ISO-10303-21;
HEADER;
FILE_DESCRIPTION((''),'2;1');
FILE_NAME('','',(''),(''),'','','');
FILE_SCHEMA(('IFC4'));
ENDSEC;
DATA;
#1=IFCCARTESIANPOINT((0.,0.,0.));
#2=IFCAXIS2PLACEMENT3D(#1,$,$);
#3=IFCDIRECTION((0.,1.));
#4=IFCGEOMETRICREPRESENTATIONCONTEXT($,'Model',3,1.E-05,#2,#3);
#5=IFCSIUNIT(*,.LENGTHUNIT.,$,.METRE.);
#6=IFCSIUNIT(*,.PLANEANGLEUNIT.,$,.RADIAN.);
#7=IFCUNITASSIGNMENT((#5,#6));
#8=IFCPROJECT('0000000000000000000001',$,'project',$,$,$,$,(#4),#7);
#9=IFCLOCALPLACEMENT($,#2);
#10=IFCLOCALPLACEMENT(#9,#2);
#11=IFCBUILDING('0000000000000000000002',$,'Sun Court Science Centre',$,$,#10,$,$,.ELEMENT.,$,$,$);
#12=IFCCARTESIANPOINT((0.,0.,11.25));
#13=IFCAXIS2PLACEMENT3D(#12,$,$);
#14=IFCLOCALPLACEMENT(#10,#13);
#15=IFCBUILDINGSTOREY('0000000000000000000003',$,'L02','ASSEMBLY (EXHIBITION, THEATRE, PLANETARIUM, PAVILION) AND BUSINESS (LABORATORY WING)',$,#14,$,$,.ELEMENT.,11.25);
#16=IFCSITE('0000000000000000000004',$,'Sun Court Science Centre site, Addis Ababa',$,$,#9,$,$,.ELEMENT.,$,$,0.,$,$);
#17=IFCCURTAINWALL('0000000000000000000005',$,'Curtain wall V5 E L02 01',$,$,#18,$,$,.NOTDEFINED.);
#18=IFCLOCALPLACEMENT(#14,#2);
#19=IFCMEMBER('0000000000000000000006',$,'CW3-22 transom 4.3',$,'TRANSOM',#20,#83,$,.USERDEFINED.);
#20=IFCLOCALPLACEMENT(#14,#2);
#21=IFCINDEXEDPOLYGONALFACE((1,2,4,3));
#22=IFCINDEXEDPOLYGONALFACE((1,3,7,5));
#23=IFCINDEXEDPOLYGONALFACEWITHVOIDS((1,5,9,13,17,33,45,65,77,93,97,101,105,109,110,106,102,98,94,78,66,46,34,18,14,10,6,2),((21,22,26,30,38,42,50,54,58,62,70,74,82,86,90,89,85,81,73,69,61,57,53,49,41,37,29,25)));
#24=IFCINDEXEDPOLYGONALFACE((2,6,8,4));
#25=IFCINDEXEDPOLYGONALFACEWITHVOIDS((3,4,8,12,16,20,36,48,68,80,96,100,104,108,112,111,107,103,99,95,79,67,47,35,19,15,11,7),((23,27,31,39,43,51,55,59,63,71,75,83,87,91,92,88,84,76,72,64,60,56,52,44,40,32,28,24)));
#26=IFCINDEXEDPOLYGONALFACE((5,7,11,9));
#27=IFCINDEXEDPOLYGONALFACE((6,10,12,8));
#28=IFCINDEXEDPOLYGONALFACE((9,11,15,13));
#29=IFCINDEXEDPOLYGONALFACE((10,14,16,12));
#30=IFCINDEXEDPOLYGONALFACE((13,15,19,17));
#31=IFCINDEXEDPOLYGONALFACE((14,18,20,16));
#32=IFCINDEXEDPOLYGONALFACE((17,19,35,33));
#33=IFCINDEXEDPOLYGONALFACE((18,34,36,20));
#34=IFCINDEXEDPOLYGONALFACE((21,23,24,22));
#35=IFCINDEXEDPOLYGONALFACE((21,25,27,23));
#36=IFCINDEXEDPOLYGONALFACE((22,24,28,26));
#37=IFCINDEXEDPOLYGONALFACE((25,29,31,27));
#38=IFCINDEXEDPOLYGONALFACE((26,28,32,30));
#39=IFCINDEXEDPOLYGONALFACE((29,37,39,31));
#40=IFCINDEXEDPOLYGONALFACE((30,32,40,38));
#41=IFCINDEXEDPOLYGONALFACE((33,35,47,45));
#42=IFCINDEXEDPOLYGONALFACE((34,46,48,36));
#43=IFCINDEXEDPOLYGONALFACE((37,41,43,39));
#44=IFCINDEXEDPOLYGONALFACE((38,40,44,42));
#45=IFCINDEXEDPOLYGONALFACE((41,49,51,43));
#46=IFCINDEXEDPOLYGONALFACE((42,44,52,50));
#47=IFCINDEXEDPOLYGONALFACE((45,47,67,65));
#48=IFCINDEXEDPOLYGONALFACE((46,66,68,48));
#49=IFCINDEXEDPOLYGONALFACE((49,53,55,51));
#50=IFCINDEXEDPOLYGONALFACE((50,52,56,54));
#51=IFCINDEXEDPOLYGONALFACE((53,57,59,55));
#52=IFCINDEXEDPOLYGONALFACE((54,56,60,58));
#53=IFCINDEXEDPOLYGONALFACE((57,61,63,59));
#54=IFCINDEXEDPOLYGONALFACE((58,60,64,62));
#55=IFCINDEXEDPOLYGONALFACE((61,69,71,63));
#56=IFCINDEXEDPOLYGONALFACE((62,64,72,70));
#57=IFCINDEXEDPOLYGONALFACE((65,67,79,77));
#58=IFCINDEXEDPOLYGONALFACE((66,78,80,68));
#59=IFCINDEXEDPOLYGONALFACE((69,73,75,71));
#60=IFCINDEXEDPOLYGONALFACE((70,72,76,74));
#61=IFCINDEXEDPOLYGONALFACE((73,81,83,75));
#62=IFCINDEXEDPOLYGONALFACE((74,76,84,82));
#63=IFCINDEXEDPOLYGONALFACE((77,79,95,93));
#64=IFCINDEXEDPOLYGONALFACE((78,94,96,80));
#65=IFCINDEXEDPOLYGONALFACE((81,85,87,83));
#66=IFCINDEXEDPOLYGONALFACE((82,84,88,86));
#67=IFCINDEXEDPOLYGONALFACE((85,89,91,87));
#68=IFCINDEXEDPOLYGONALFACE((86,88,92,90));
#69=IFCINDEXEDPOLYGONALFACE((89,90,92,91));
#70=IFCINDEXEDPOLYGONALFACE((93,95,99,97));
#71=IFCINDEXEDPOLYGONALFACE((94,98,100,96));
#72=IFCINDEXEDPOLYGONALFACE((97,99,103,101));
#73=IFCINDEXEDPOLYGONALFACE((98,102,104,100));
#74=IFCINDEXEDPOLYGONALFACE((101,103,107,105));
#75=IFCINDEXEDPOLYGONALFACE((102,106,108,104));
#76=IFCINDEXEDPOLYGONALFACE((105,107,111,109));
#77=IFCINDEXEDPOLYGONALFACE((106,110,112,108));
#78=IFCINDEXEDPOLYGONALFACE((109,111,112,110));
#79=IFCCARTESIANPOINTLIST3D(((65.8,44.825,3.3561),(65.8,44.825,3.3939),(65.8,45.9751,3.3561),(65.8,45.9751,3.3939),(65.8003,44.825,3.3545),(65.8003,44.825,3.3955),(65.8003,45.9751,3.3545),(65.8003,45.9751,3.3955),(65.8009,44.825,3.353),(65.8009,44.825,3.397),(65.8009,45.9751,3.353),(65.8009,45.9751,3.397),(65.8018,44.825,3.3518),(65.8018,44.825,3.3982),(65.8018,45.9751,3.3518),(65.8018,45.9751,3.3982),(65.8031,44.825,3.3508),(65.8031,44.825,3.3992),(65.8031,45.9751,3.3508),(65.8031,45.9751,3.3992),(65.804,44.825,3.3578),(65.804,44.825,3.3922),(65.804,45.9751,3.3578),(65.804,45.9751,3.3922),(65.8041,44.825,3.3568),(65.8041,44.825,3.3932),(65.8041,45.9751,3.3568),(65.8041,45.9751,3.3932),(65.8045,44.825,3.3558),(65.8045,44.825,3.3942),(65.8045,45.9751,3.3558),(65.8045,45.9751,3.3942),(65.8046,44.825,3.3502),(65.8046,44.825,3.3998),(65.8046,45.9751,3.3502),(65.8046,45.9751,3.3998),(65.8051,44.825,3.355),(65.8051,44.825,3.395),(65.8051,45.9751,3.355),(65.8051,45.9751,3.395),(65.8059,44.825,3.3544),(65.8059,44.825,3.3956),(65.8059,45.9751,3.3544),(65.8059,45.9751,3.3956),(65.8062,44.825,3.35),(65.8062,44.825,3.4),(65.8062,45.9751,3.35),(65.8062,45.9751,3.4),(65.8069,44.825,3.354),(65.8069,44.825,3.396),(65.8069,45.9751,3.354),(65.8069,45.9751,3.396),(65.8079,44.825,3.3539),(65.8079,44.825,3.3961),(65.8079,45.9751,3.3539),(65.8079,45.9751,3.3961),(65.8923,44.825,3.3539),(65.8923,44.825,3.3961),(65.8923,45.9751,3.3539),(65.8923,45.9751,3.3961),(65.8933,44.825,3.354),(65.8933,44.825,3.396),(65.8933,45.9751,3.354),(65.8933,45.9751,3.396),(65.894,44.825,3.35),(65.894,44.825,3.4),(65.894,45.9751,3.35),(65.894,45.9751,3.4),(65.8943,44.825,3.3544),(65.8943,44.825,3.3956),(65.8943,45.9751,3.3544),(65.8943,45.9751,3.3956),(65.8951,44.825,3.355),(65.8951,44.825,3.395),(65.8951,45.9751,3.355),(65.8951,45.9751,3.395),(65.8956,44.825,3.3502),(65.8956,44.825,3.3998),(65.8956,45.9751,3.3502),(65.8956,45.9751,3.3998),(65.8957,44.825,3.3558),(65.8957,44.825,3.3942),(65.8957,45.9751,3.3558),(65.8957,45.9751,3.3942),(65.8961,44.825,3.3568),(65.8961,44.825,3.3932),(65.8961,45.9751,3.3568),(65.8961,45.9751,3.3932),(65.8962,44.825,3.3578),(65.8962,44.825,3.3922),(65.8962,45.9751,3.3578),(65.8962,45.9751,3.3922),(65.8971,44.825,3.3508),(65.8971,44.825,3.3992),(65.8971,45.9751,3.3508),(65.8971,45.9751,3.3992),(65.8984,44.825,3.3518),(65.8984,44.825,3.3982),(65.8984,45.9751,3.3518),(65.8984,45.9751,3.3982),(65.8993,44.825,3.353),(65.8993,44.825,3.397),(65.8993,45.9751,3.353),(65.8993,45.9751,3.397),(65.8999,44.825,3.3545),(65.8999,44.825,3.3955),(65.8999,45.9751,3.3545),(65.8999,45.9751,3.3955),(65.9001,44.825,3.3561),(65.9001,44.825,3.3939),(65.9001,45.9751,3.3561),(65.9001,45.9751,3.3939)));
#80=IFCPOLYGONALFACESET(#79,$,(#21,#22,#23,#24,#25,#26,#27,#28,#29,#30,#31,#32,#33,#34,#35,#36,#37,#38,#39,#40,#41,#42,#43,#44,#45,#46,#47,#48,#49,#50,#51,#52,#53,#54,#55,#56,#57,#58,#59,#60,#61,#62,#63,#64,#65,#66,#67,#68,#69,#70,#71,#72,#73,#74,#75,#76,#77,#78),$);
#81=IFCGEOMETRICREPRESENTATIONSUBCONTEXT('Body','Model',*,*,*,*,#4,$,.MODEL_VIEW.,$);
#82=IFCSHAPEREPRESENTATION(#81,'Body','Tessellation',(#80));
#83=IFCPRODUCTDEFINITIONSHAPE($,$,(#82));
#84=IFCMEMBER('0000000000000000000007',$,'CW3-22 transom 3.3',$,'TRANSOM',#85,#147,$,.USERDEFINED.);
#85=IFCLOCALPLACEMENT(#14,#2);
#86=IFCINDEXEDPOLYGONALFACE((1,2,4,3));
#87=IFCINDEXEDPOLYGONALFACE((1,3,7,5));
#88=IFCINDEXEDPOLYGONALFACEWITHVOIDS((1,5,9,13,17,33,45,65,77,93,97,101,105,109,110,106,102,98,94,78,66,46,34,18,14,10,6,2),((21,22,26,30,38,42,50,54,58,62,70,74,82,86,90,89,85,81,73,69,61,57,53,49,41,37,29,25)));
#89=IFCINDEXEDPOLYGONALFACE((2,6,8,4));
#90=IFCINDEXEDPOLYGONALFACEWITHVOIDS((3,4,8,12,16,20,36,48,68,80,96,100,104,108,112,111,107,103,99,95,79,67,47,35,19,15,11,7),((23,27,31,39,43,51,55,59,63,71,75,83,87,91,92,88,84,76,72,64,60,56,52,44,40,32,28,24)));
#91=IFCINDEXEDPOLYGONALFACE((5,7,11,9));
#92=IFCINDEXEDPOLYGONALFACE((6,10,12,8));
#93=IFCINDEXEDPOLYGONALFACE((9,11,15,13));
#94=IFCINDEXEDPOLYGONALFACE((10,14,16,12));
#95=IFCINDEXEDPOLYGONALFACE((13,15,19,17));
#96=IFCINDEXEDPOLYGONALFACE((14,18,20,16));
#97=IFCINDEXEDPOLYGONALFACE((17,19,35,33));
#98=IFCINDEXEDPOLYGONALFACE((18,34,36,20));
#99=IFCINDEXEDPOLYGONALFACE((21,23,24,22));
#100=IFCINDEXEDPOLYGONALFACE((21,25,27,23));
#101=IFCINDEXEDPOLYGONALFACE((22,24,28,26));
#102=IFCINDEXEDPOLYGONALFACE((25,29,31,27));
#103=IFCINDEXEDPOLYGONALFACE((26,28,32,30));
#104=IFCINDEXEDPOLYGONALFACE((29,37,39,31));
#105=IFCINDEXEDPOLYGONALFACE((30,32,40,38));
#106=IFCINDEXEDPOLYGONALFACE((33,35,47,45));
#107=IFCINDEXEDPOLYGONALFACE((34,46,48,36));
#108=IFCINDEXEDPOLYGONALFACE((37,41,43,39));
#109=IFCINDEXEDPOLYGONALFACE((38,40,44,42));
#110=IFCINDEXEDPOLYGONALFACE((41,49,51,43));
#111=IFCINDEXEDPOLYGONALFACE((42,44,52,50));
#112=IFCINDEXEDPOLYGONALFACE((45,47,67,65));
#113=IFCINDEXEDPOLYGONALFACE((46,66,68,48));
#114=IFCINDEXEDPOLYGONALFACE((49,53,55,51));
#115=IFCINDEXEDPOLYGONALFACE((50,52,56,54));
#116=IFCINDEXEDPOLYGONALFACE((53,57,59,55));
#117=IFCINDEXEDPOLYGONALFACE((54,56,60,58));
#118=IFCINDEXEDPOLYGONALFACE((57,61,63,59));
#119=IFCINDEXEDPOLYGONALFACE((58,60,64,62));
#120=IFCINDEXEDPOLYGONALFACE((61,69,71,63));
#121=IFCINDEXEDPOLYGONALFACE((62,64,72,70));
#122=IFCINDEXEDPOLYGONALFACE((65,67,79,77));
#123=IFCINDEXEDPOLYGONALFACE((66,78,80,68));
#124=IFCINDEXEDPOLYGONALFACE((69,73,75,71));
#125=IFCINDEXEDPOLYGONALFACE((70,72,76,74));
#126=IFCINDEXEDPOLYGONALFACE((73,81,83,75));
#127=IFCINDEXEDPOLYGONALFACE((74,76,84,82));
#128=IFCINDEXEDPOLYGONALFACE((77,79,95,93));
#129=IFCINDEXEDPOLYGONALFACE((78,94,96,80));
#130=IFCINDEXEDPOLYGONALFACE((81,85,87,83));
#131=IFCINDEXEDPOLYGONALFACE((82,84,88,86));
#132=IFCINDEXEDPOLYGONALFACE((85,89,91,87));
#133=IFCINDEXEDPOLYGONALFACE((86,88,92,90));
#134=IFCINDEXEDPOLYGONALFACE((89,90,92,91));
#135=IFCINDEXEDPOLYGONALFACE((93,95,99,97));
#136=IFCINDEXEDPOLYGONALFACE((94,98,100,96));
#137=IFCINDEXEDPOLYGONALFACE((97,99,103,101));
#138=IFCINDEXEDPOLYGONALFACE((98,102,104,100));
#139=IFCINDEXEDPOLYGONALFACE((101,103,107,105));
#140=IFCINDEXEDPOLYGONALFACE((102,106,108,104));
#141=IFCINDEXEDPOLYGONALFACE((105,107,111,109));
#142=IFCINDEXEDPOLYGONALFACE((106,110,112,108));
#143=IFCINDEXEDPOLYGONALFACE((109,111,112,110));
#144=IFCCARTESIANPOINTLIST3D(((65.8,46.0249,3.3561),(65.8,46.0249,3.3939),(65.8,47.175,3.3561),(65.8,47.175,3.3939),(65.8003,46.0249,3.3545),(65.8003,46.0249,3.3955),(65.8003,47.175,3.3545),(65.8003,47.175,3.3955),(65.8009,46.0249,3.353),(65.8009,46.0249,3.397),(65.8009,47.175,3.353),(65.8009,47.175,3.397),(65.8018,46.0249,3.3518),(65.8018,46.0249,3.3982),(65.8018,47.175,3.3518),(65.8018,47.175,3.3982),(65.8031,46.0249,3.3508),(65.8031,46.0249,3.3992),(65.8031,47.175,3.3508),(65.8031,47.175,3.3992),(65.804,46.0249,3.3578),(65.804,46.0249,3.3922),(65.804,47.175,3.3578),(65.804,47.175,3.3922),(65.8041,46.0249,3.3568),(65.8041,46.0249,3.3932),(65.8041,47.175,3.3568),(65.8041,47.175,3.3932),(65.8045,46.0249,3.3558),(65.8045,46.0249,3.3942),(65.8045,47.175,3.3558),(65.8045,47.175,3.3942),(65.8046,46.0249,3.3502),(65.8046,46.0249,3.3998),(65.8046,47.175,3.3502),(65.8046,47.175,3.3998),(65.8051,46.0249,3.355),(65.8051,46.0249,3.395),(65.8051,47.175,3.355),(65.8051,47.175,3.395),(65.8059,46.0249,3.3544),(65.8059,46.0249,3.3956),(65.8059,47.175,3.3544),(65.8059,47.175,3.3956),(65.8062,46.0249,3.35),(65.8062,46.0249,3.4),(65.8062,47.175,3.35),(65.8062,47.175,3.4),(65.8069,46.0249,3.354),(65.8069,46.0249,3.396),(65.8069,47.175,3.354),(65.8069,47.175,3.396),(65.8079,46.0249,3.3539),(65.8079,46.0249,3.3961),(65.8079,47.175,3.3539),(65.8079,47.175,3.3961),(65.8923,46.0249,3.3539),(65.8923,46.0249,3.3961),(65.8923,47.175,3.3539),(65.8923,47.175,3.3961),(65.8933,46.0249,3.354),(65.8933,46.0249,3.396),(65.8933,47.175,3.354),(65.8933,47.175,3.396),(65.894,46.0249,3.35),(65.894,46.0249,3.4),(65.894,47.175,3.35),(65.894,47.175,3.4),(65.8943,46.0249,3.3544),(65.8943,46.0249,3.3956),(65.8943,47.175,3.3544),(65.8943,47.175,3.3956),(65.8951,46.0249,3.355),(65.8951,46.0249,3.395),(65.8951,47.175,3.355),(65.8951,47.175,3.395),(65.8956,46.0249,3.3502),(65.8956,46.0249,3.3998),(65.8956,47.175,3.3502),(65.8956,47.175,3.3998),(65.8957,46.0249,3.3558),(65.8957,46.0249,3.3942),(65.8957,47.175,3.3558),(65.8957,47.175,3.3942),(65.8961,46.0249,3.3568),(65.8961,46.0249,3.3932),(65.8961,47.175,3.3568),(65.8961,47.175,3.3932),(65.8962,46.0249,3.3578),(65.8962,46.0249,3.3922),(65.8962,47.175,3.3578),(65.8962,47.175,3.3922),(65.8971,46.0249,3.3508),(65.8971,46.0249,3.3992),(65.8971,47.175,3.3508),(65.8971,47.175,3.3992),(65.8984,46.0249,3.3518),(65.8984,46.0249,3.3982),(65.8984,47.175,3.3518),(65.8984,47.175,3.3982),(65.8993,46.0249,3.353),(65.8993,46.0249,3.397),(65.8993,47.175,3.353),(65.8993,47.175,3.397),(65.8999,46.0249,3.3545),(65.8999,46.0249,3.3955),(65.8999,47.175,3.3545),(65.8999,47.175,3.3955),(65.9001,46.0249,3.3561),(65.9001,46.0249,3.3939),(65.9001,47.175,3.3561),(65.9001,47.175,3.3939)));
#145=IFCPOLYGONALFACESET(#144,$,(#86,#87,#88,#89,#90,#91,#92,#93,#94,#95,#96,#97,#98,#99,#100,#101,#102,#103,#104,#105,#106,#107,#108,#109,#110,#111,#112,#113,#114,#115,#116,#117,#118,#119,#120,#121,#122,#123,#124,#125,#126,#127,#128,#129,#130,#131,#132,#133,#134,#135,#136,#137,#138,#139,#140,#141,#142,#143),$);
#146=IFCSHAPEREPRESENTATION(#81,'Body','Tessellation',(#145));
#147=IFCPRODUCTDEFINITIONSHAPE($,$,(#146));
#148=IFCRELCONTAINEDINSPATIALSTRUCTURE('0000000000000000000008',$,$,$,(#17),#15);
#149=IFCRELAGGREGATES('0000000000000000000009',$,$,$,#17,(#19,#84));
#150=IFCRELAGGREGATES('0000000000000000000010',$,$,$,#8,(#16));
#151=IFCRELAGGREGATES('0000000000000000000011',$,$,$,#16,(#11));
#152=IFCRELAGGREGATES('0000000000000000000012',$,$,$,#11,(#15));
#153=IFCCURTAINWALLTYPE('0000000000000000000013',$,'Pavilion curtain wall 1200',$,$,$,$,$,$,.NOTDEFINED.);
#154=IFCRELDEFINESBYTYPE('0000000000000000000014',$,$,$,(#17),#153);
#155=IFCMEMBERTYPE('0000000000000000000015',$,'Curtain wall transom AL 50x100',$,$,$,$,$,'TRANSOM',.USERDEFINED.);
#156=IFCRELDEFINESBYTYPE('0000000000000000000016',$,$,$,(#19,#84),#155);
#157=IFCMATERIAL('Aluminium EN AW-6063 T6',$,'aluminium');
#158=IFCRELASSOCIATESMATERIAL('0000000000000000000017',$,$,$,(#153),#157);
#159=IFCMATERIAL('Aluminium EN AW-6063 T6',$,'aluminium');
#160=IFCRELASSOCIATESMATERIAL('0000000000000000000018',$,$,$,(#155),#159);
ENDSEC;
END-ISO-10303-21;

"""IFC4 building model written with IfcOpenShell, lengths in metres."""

from ifc_helpers import new_model, si_unit, direction, frame, origin, origin_2d, place, context, subcontext, project, spatial, hollow_rectangle, extrude, material, material_profile, profile_set, type_object, element, aggregate, save


model = new_model("IFC4")

# Units and contexts
model_context = context("Model", 3, precision=1e-05, world=origin(), true_north=direction((0.0, 1.0)))
body_context = subcontext(model_context, "Body", "Model", "MODEL_VIEW")
ifc_project = project(units=[si_unit("LENGTHUNIT", "METRE"), si_unit("PLANEANGLEUNIT", "RADIAN")], contexts=[model_context])

# Site, building, storey
site_placement = place(None, origin())
site = spatial("IfcSite", under=ifc_project, at=site_placement, Name="Sun Court Science Centre site, Addis Ababa", CompositionType="ELEMENT", RefElevation=0.0)
building_placement = place(site_placement, origin())
building = spatial("IfcBuilding", under=site, at=building_placement, Name="Sun Court Science Centre", CompositionType="ELEMENT")
storey_placement = place(building_placement, frame((0.0, 0.0, 11.25)))
storey = spatial("IfcBuildingStorey", under=building, at=storey_placement, Name="L02", Description="ASSEMBLY (EXHIBITION, THEATRE, PLANETARIUM, PAVILION) AND BUSINESS (LABORATORY WING)", CompositionType="ELEMENT", Elevation=11.25)

# Curtain wall, members
ifc_material_1 = material(Name="Aluminium EN AW-6063 T6", Category="aluminium")
curtain_wall_type = type_object("IfcCurtainWallType", Name="Pavilion curtain wall 1200", PredefinedType="NOTDEFINED", material=ifc_material_1)
curtain_wall_placement = place(storey_placement, origin())
curtain_wall = element("IfcCurtainWall", 1, at=curtain_wall_placement, inside=storey, type_object=curtain_wall_type, Name="Curtain wall V5 E L02 01", PredefinedType="NOTDEFINED")
ifc_material_2 = material(Name="Aluminium EN AW-6063 T6", Category="aluminium")
ifc_material_profile_1 = material_profile(ifc_material_2, hollow_rectangle(XDim=0.05, YDim=0.1001, WallThickness=0.0039, InnerFilletRadius=0.0039, OuterFilletRadius=0.0061, at=origin_2d()), Name="AL 50x100x4")
ifc_profile_set_1 = profile_set([ifc_material_profile_1], Name="Aluminium EN AW-6063 T6")
member_type_1 = type_object("IfcMemberType", Name="Curtain wall transom AL 50x100", ElementType="TRANSOM", PredefinedType="USERDEFINED", material=ifc_profile_set_1)
member_1_placement = place(storey_placement, frame((65.8501, 45.9751, 3.375), z_axis=(0.0, -1.0, 0.0), x_axis=(0.0, 0.0, 1.0)))
member_1 = element("IfcMember", 2, at=member_1_placement, type_object=member_type_1, Name="CW3-22 transom 4.3", ObjectType="TRANSOM", PredefinedType="USERDEFINED", context=body_context, shape_type="SweptSolid", body=[
    extrude(hollow_rectangle(XDim=0.05, YDim=0.1001, WallThickness=0.0039, InnerFilletRadius=0.0039, OuterFilletRadius=0.0061, at=origin_2d()), origin(), (0.0, 0.0, 1.0), 1.1501),
])
member_2_placement = place(storey_placement, frame((65.8501, 47.175, 3.375), z_axis=(0.0, -1.0, 0.0), x_axis=(0.0, 0.0, 1.0)))
member_2 = element("IfcMember", 3, at=member_2_placement, type_object=member_type_1, Name="CW3-22 transom 3.3", ObjectType="TRANSOM", PredefinedType="USERDEFINED", context=body_context, shape_type="SweptSolid", body=[
    extrude(hollow_rectangle(XDim=0.05, YDim=0.1001, WallThickness=0.0039, InnerFilletRadius=0.0039, OuterFilletRadius=0.0061, at=origin_2d()), origin(), (0.0, 0.0, 1.0), 1.1501),
])
aggregate(curtain_wall, [member_1, member_2])

save(model, "model.ifc")
